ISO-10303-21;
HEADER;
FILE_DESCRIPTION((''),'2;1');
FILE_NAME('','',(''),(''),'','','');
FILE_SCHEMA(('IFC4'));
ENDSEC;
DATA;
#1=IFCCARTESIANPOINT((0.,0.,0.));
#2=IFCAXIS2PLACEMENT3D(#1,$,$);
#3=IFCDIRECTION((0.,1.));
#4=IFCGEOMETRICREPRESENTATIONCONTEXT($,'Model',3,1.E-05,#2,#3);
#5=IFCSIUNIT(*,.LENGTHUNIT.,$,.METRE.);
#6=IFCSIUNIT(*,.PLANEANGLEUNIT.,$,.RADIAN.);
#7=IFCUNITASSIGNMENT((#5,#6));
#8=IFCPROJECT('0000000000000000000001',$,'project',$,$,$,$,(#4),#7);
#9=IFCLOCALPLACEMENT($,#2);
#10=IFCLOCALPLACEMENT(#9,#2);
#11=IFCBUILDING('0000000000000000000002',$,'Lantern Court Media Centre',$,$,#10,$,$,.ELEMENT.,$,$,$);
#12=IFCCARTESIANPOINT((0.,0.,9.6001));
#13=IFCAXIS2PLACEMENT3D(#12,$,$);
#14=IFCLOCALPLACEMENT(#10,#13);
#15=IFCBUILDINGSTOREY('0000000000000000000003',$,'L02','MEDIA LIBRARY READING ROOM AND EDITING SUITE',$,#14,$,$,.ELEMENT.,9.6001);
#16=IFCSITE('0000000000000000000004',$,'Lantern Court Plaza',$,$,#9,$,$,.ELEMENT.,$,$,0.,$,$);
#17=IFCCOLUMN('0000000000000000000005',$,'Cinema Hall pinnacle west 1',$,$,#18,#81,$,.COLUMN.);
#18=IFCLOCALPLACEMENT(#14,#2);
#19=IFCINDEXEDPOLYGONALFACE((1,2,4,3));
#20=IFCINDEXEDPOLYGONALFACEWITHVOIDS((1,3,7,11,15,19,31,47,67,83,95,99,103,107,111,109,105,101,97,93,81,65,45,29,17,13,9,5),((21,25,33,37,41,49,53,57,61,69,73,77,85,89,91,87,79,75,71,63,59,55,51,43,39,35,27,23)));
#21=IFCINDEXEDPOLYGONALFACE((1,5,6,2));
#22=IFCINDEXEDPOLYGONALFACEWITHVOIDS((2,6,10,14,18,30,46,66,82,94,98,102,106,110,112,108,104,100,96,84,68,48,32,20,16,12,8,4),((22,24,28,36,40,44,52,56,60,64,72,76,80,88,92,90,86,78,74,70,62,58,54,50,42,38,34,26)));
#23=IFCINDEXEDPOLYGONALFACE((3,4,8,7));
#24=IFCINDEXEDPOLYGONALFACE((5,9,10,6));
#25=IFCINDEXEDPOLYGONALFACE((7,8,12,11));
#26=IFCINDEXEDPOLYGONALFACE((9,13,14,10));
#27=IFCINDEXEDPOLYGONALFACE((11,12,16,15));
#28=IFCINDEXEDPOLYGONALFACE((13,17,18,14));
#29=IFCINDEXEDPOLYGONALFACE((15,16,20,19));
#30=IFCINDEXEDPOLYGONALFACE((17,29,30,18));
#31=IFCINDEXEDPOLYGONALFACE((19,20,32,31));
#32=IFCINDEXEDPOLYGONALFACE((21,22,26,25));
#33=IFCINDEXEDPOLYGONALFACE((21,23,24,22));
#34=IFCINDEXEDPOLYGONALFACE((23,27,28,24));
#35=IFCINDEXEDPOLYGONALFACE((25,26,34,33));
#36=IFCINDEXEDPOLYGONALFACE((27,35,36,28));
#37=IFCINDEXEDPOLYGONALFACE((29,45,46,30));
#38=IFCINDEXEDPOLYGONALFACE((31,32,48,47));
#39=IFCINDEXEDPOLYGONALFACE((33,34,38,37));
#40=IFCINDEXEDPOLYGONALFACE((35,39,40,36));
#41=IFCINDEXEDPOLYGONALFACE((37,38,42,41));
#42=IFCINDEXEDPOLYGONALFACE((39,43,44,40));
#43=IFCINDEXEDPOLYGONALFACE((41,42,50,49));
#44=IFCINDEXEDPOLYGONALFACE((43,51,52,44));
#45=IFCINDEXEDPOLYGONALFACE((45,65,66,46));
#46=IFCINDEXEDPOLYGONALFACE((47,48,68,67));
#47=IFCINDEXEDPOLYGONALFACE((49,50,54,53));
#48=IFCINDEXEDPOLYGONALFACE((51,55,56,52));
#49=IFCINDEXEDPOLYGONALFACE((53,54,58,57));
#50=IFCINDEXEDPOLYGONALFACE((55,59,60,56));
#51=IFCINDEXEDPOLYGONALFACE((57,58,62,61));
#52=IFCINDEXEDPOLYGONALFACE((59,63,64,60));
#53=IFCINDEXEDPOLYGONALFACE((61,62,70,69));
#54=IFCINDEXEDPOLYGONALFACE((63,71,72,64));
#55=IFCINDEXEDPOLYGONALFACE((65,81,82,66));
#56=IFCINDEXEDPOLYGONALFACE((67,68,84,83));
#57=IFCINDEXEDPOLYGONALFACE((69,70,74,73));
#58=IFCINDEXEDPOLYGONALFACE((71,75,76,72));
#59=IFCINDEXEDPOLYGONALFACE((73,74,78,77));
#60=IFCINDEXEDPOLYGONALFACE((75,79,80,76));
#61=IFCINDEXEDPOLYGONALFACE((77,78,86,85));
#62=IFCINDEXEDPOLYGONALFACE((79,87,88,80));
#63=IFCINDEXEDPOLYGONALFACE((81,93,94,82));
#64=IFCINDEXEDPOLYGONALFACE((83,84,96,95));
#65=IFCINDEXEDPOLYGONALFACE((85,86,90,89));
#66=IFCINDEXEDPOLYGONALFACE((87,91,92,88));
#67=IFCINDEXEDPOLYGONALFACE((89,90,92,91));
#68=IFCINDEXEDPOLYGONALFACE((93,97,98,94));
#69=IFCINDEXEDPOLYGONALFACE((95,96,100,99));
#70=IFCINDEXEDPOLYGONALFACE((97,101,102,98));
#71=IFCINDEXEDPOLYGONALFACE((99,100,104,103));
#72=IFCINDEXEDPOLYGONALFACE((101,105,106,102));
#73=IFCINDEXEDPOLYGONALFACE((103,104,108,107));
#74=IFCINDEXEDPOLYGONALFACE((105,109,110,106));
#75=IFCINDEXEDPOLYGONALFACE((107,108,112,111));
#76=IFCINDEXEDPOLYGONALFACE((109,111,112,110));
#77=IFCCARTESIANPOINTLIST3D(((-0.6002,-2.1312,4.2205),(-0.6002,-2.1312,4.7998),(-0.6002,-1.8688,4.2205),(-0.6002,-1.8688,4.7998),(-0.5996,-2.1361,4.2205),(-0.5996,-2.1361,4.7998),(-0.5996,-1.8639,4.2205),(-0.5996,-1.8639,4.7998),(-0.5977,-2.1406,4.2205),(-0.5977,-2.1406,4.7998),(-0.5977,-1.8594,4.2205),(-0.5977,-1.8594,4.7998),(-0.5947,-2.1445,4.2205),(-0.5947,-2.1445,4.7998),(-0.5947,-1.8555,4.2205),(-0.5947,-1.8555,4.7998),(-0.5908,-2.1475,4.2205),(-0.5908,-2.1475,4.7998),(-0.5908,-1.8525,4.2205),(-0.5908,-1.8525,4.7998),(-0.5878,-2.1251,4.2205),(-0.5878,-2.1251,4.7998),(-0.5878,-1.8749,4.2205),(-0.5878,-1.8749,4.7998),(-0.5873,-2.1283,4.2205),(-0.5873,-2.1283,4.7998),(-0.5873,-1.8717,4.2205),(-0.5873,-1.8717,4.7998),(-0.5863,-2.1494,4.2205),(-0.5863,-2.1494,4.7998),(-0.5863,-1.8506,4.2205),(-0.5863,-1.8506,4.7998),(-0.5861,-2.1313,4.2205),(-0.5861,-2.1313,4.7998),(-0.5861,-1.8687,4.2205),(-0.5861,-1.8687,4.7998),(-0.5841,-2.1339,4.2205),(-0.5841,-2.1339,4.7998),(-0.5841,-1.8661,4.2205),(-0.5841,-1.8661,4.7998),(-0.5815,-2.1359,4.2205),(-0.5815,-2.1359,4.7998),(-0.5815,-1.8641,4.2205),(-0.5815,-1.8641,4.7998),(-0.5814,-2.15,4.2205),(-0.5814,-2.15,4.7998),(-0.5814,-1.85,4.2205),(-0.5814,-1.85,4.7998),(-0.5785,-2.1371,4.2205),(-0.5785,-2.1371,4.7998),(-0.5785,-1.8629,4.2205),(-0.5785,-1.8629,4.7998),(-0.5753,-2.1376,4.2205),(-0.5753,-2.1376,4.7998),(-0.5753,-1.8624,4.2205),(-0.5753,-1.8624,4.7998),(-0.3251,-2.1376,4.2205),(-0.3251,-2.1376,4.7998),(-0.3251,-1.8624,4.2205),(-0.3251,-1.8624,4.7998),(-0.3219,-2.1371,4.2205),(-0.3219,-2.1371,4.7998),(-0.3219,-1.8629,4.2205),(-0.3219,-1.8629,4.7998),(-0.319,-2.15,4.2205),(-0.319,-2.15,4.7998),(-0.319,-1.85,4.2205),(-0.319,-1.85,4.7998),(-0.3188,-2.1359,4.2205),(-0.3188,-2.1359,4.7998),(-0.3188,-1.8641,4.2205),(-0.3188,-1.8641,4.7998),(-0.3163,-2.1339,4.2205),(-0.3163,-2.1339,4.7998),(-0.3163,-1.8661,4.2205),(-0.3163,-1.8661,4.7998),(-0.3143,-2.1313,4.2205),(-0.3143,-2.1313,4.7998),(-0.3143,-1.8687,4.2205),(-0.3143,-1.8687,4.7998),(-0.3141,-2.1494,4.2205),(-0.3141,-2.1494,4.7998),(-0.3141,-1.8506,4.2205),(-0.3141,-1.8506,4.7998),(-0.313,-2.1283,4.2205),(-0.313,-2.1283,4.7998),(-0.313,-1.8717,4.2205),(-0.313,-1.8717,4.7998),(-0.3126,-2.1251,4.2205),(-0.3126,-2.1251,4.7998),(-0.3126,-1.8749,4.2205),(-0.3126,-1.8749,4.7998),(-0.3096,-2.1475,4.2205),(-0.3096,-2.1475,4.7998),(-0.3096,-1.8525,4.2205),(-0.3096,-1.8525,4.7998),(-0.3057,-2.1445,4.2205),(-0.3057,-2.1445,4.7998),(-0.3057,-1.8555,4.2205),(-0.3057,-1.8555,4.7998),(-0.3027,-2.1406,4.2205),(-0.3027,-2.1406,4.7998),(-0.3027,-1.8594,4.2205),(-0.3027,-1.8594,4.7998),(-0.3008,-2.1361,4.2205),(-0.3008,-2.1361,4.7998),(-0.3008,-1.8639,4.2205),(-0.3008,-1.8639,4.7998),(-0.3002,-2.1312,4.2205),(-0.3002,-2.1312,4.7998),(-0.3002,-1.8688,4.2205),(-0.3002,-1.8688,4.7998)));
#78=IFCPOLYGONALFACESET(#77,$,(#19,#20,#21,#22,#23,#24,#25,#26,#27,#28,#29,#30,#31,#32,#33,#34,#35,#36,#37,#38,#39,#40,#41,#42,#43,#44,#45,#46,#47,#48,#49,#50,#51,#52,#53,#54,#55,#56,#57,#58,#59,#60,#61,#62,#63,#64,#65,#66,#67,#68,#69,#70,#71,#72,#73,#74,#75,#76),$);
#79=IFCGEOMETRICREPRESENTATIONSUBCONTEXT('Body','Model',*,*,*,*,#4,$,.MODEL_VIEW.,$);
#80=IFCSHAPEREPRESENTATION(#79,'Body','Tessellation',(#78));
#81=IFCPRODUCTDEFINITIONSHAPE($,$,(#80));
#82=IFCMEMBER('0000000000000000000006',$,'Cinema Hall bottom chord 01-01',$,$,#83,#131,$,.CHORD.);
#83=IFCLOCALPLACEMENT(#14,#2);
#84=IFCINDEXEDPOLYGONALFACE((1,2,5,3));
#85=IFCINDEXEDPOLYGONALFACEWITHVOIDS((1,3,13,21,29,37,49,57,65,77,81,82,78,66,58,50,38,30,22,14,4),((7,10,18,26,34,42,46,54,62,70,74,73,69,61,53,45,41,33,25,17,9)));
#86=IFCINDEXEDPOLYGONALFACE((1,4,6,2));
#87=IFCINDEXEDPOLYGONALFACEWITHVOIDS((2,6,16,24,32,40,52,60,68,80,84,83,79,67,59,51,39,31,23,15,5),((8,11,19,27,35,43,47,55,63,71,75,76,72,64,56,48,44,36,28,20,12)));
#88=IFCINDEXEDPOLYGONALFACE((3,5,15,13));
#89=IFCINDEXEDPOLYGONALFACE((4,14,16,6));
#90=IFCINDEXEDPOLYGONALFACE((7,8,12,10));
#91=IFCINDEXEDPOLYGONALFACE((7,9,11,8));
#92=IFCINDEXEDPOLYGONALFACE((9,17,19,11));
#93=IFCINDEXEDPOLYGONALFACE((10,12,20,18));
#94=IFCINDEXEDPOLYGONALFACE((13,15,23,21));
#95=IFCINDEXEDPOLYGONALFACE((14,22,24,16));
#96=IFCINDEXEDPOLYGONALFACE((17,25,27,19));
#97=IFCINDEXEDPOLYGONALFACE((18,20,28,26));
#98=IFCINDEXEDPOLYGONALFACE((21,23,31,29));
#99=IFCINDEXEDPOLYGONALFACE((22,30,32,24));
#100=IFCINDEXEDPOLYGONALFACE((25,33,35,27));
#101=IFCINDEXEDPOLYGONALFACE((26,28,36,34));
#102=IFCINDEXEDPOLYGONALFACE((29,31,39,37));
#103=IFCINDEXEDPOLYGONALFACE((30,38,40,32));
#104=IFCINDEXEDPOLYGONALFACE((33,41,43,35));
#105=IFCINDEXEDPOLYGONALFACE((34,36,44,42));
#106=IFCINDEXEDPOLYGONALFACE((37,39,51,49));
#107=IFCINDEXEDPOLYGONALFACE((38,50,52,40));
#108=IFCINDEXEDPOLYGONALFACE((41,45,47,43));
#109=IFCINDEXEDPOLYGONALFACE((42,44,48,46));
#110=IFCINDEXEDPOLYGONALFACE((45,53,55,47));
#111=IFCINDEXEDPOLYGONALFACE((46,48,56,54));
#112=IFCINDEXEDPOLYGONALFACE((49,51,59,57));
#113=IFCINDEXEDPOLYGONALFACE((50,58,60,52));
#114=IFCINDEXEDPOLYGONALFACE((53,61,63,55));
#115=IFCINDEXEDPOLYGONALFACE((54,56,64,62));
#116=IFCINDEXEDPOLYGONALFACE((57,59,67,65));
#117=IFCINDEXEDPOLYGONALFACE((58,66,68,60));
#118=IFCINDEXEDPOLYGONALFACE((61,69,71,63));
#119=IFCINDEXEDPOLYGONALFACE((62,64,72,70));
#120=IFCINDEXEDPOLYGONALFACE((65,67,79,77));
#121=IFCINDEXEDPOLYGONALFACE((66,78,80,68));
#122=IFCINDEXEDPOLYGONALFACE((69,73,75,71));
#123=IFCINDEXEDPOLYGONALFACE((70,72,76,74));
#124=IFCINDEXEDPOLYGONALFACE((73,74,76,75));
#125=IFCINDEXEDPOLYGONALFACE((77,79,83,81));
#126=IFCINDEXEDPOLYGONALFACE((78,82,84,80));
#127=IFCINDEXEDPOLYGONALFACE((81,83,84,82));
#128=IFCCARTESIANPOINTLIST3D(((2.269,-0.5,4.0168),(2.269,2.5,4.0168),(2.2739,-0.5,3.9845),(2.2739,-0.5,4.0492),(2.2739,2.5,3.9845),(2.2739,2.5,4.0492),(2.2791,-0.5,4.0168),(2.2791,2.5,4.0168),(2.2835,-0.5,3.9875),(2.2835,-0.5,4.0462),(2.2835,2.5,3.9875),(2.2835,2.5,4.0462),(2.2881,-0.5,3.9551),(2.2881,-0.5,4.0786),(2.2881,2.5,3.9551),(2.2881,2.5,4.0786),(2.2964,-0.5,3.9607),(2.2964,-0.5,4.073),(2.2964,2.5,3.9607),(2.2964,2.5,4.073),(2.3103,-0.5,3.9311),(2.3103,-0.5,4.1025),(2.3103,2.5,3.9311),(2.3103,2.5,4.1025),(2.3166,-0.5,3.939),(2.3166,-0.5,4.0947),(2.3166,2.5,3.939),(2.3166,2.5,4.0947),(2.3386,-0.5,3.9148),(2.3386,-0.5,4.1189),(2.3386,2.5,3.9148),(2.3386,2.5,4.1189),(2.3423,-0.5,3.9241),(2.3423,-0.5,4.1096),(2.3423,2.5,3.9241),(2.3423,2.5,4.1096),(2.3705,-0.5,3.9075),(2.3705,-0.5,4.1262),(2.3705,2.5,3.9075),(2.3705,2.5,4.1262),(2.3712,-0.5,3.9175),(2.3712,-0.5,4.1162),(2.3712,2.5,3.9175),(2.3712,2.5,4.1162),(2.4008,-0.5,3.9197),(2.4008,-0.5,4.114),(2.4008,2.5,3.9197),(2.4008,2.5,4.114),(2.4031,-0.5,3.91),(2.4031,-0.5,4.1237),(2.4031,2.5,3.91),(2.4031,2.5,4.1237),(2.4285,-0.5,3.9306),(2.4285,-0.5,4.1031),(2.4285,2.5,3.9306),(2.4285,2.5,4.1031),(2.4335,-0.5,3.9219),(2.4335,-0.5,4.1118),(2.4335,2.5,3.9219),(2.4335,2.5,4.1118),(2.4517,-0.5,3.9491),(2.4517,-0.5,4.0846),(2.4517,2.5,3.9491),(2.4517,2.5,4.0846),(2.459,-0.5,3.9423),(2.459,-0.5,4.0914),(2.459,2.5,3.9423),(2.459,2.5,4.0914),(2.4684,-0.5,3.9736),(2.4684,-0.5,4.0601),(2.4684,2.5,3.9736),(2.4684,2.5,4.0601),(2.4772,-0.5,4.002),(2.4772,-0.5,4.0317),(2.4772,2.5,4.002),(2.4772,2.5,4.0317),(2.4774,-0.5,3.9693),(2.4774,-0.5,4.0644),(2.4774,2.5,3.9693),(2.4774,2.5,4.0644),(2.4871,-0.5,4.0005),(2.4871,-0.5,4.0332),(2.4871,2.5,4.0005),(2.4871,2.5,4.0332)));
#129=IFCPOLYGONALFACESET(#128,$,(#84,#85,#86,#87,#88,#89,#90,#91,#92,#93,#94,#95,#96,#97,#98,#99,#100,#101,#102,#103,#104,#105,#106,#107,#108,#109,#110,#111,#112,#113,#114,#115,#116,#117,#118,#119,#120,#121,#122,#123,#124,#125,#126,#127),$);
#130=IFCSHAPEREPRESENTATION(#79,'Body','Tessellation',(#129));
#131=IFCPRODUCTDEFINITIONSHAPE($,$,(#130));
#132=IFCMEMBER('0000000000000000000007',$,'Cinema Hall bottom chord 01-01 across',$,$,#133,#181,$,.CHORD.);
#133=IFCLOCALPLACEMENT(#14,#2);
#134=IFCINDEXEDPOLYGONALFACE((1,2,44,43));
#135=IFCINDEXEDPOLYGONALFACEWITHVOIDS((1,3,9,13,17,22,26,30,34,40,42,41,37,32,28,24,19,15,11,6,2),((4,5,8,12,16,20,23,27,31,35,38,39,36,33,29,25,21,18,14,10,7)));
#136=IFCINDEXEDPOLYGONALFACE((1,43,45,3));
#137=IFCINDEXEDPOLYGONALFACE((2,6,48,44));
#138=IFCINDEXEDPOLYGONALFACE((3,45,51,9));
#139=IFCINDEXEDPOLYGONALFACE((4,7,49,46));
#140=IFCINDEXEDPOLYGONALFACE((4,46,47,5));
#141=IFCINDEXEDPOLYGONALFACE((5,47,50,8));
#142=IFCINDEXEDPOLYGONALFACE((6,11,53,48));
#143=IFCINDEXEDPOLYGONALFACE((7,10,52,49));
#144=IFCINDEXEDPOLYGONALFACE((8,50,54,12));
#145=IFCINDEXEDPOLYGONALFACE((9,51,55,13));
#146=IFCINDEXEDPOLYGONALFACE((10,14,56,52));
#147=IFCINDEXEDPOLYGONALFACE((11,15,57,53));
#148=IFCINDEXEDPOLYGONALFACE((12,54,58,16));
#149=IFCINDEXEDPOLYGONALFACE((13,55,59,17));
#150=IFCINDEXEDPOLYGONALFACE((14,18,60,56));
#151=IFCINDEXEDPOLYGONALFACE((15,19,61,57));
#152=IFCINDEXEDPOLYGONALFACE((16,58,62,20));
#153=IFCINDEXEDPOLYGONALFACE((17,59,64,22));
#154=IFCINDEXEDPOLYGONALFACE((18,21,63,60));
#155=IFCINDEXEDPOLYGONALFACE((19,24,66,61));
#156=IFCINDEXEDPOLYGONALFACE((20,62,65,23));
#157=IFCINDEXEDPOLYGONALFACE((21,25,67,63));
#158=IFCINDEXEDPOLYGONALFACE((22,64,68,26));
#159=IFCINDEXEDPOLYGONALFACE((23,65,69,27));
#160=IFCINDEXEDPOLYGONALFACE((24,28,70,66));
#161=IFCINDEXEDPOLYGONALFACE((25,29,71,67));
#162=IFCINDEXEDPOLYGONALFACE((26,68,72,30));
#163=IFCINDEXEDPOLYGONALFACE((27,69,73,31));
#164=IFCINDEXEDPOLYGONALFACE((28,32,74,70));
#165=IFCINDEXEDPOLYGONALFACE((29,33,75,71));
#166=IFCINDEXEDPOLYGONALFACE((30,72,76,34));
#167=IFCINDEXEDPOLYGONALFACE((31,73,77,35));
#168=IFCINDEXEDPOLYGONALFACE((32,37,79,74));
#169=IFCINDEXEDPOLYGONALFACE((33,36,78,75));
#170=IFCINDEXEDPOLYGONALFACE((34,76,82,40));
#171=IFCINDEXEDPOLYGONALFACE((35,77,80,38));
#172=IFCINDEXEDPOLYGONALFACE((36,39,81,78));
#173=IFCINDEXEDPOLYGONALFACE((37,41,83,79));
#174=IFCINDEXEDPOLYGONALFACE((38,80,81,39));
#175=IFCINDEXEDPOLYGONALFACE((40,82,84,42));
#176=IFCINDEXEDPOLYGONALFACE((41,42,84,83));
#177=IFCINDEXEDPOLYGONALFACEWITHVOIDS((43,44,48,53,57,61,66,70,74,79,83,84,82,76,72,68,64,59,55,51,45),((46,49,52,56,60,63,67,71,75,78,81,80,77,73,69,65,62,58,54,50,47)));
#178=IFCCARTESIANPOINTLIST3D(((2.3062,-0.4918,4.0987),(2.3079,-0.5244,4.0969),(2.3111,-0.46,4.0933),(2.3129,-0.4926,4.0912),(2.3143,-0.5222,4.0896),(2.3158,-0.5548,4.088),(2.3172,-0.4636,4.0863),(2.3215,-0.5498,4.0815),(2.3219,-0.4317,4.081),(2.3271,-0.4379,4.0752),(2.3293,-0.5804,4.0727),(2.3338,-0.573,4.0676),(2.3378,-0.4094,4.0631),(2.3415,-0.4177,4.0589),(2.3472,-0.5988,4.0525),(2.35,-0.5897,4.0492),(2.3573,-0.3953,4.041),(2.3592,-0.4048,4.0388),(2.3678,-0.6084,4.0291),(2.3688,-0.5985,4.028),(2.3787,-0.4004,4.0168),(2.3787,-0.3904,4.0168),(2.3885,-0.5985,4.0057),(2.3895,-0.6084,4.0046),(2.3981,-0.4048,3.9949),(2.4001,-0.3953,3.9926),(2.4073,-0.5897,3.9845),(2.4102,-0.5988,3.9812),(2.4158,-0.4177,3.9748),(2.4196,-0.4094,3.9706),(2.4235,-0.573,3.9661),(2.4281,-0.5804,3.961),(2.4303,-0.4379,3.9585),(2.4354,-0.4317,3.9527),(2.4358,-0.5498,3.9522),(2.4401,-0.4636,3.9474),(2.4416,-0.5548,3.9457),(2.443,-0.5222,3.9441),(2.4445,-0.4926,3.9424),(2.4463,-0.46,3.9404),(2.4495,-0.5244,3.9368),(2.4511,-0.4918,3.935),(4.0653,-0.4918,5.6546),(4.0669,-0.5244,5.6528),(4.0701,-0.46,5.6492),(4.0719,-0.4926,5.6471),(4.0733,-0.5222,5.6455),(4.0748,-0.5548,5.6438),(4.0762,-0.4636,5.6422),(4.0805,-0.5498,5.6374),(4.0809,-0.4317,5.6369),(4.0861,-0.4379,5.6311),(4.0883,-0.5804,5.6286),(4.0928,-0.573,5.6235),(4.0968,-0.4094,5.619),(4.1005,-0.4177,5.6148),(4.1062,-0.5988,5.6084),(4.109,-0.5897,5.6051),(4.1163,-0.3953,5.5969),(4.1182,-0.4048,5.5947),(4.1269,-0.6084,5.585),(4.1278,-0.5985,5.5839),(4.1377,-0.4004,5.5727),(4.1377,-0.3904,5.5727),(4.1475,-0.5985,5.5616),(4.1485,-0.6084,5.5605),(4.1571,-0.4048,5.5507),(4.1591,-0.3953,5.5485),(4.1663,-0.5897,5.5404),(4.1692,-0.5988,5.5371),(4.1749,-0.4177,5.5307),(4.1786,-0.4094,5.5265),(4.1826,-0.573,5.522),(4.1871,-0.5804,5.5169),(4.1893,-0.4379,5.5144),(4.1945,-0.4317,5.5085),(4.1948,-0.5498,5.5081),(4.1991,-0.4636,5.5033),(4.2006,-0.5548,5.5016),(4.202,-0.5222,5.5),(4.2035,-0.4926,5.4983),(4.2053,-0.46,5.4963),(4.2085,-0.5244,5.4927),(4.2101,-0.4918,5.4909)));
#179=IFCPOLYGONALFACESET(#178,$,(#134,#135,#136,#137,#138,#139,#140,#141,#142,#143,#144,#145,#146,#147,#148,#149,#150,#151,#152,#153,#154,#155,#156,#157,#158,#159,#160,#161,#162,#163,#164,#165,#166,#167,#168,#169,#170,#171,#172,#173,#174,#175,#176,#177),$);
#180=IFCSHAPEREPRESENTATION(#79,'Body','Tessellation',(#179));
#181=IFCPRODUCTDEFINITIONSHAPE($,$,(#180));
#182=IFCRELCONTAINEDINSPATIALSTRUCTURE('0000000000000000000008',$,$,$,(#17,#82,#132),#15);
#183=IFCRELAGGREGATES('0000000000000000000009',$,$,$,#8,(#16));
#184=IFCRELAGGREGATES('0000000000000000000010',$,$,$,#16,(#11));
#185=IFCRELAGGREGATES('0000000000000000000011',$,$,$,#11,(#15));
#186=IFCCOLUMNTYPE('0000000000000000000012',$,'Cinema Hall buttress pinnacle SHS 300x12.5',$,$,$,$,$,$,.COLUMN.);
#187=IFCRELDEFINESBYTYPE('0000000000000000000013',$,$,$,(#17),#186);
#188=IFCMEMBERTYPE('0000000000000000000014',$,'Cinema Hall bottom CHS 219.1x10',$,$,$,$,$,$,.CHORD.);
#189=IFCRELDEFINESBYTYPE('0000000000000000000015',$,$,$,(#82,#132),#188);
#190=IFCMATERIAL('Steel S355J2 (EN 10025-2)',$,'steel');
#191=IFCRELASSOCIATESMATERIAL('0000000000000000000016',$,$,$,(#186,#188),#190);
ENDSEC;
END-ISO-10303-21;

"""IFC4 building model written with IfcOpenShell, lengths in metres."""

from ifc_helpers import new_model, si_unit, direction, frame, origin, origin_2d, place, context, subcontext, project, spatial, hollow_rectangle, hollow_circle, extrude, material, material_profile, profile_set, type_object, element, save


model = new_model("IFC4")

# Units and contexts
model_context = context("Model", 3, precision=1e-05, world=origin(), true_north=direction((0.0, 1.0)))
body_context = subcontext(model_context, "Body", "Model", "MODEL_VIEW")
ifc_project = project(units=[si_unit("LENGTHUNIT", "METRE"), si_unit("PLANEANGLEUNIT", "RADIAN")], contexts=[model_context])

# Site, building, storey
site_placement = place(None, origin())
site = spatial("IfcSite", under=ifc_project, at=site_placement, Name="Lantern Court Plaza", CompositionType="ELEMENT", RefElevation=0.0)
building_placement = place(site_placement, origin())
building = spatial("IfcBuilding", under=site, at=building_placement, Name="Lantern Court Media Centre", CompositionType="ELEMENT")
storey_placement = place(building_placement, frame((0.0, 0.0, 9.6001)))
storey = spatial("IfcBuildingStorey", under=building, at=storey_placement, Name="L02", Description="MEDIA LIBRARY READING ROOM AND EDITING SUITE", CompositionType="ELEMENT", Elevation=9.6001)

# Column
ifc_material_1 = material(Name="Steel S355J2 (EN 10025-2)", Category="steel")
ifc_material_profile_1 = material_profile(ifc_material_1, hollow_rectangle(XDim=0.3, YDim=0.3, WallThickness=0.0125, InnerFilletRadius=0.0125, OuterFilletRadius=0.0188, at=origin_2d()), Name="Cinema Hall buttress pinnacle SHS 300x12.5")
ifc_profile_set_1 = profile_set([ifc_material_profile_1], Name="Steel S355J2 (EN 10025-2)")
column_type = type_object("IfcColumnType", Name="Cinema Hall buttress pinnacle SHS 300x12.5", PredefinedType="COLUMN", material=ifc_profile_set_1)
column_placement = place(storey_placement, frame((-0.4502, -2.0, 4.2205), z_axis=(0.0, 0.0, 1.0), x_axis=(1.0, 0.0, 0.0)))
element("IfcColumn", 1, at=column_placement, inside=storey, type_object=column_type, Name="Cinema Hall pinnacle west 1", PredefinedType="COLUMN", context=body_context, shape_type="SweptSolid", body=[
    extrude(hollow_rectangle(XDim=0.3, YDim=0.3, WallThickness=0.0125, InnerFilletRadius=0.0125, OuterFilletRadius=0.0188, at=origin_2d()), origin(), (0.0, 0.0, 1.0), 0.5793),
])

# Members
ifc_material_profile_2 = material_profile(ifc_material_1, hollow_circle(Radius=0.1096, WallThickness=0.01, at=origin_2d()), Name="Cinema Hall bottom CHS 219.1x10")
ifc_profile_set_2 = profile_set([ifc_material_profile_2], Name="Steel S355J2 (EN 10025-2)")
member_type_1 = type_object("IfcMemberType", Name="Cinema Hall bottom CHS 219.1x10", PredefinedType="CHORD", material=ifc_profile_set_2)
member_1_placement = place(storey_placement, frame((2.3787, -0.5, 4.0168), z_axis=(0.0, 1.0, 0.0), x_axis=(-1.0, 0.0, 0.0)))
element("IfcMember", 2, at=member_1_placement, inside=storey, type_object=member_type_1, Name="Cinema Hall bottom chord 01-01", PredefinedType="CHORD", context=body_context, shape_type="SweptSolid", body=[
    extrude(hollow_circle(Radius=0.1096, WallThickness=0.01, at=origin_2d()), origin(), (0.0, 0.0, 1.0), 3.0),
])
member_2_placement = place(storey_placement, frame((2.3787, -0.5, 4.0168), z_axis=(0.74903, 0.0, 0.662536), x_axis=(0.0, 1.0, 0.0)))
element("IfcMember", 3, at=member_2_placement, inside=storey, type_object=member_type_1, Name="Cinema Hall bottom chord 01-01 across", PredefinedType="CHORD", context=body_context, shape_type="SweptSolid", body=[
    extrude(hollow_circle(Radius=0.1096, WallThickness=0.01, at=origin_2d()), origin(), (0.0, 0.0, 1.0), 2.3484),
])

save(model, "model.ifc")
